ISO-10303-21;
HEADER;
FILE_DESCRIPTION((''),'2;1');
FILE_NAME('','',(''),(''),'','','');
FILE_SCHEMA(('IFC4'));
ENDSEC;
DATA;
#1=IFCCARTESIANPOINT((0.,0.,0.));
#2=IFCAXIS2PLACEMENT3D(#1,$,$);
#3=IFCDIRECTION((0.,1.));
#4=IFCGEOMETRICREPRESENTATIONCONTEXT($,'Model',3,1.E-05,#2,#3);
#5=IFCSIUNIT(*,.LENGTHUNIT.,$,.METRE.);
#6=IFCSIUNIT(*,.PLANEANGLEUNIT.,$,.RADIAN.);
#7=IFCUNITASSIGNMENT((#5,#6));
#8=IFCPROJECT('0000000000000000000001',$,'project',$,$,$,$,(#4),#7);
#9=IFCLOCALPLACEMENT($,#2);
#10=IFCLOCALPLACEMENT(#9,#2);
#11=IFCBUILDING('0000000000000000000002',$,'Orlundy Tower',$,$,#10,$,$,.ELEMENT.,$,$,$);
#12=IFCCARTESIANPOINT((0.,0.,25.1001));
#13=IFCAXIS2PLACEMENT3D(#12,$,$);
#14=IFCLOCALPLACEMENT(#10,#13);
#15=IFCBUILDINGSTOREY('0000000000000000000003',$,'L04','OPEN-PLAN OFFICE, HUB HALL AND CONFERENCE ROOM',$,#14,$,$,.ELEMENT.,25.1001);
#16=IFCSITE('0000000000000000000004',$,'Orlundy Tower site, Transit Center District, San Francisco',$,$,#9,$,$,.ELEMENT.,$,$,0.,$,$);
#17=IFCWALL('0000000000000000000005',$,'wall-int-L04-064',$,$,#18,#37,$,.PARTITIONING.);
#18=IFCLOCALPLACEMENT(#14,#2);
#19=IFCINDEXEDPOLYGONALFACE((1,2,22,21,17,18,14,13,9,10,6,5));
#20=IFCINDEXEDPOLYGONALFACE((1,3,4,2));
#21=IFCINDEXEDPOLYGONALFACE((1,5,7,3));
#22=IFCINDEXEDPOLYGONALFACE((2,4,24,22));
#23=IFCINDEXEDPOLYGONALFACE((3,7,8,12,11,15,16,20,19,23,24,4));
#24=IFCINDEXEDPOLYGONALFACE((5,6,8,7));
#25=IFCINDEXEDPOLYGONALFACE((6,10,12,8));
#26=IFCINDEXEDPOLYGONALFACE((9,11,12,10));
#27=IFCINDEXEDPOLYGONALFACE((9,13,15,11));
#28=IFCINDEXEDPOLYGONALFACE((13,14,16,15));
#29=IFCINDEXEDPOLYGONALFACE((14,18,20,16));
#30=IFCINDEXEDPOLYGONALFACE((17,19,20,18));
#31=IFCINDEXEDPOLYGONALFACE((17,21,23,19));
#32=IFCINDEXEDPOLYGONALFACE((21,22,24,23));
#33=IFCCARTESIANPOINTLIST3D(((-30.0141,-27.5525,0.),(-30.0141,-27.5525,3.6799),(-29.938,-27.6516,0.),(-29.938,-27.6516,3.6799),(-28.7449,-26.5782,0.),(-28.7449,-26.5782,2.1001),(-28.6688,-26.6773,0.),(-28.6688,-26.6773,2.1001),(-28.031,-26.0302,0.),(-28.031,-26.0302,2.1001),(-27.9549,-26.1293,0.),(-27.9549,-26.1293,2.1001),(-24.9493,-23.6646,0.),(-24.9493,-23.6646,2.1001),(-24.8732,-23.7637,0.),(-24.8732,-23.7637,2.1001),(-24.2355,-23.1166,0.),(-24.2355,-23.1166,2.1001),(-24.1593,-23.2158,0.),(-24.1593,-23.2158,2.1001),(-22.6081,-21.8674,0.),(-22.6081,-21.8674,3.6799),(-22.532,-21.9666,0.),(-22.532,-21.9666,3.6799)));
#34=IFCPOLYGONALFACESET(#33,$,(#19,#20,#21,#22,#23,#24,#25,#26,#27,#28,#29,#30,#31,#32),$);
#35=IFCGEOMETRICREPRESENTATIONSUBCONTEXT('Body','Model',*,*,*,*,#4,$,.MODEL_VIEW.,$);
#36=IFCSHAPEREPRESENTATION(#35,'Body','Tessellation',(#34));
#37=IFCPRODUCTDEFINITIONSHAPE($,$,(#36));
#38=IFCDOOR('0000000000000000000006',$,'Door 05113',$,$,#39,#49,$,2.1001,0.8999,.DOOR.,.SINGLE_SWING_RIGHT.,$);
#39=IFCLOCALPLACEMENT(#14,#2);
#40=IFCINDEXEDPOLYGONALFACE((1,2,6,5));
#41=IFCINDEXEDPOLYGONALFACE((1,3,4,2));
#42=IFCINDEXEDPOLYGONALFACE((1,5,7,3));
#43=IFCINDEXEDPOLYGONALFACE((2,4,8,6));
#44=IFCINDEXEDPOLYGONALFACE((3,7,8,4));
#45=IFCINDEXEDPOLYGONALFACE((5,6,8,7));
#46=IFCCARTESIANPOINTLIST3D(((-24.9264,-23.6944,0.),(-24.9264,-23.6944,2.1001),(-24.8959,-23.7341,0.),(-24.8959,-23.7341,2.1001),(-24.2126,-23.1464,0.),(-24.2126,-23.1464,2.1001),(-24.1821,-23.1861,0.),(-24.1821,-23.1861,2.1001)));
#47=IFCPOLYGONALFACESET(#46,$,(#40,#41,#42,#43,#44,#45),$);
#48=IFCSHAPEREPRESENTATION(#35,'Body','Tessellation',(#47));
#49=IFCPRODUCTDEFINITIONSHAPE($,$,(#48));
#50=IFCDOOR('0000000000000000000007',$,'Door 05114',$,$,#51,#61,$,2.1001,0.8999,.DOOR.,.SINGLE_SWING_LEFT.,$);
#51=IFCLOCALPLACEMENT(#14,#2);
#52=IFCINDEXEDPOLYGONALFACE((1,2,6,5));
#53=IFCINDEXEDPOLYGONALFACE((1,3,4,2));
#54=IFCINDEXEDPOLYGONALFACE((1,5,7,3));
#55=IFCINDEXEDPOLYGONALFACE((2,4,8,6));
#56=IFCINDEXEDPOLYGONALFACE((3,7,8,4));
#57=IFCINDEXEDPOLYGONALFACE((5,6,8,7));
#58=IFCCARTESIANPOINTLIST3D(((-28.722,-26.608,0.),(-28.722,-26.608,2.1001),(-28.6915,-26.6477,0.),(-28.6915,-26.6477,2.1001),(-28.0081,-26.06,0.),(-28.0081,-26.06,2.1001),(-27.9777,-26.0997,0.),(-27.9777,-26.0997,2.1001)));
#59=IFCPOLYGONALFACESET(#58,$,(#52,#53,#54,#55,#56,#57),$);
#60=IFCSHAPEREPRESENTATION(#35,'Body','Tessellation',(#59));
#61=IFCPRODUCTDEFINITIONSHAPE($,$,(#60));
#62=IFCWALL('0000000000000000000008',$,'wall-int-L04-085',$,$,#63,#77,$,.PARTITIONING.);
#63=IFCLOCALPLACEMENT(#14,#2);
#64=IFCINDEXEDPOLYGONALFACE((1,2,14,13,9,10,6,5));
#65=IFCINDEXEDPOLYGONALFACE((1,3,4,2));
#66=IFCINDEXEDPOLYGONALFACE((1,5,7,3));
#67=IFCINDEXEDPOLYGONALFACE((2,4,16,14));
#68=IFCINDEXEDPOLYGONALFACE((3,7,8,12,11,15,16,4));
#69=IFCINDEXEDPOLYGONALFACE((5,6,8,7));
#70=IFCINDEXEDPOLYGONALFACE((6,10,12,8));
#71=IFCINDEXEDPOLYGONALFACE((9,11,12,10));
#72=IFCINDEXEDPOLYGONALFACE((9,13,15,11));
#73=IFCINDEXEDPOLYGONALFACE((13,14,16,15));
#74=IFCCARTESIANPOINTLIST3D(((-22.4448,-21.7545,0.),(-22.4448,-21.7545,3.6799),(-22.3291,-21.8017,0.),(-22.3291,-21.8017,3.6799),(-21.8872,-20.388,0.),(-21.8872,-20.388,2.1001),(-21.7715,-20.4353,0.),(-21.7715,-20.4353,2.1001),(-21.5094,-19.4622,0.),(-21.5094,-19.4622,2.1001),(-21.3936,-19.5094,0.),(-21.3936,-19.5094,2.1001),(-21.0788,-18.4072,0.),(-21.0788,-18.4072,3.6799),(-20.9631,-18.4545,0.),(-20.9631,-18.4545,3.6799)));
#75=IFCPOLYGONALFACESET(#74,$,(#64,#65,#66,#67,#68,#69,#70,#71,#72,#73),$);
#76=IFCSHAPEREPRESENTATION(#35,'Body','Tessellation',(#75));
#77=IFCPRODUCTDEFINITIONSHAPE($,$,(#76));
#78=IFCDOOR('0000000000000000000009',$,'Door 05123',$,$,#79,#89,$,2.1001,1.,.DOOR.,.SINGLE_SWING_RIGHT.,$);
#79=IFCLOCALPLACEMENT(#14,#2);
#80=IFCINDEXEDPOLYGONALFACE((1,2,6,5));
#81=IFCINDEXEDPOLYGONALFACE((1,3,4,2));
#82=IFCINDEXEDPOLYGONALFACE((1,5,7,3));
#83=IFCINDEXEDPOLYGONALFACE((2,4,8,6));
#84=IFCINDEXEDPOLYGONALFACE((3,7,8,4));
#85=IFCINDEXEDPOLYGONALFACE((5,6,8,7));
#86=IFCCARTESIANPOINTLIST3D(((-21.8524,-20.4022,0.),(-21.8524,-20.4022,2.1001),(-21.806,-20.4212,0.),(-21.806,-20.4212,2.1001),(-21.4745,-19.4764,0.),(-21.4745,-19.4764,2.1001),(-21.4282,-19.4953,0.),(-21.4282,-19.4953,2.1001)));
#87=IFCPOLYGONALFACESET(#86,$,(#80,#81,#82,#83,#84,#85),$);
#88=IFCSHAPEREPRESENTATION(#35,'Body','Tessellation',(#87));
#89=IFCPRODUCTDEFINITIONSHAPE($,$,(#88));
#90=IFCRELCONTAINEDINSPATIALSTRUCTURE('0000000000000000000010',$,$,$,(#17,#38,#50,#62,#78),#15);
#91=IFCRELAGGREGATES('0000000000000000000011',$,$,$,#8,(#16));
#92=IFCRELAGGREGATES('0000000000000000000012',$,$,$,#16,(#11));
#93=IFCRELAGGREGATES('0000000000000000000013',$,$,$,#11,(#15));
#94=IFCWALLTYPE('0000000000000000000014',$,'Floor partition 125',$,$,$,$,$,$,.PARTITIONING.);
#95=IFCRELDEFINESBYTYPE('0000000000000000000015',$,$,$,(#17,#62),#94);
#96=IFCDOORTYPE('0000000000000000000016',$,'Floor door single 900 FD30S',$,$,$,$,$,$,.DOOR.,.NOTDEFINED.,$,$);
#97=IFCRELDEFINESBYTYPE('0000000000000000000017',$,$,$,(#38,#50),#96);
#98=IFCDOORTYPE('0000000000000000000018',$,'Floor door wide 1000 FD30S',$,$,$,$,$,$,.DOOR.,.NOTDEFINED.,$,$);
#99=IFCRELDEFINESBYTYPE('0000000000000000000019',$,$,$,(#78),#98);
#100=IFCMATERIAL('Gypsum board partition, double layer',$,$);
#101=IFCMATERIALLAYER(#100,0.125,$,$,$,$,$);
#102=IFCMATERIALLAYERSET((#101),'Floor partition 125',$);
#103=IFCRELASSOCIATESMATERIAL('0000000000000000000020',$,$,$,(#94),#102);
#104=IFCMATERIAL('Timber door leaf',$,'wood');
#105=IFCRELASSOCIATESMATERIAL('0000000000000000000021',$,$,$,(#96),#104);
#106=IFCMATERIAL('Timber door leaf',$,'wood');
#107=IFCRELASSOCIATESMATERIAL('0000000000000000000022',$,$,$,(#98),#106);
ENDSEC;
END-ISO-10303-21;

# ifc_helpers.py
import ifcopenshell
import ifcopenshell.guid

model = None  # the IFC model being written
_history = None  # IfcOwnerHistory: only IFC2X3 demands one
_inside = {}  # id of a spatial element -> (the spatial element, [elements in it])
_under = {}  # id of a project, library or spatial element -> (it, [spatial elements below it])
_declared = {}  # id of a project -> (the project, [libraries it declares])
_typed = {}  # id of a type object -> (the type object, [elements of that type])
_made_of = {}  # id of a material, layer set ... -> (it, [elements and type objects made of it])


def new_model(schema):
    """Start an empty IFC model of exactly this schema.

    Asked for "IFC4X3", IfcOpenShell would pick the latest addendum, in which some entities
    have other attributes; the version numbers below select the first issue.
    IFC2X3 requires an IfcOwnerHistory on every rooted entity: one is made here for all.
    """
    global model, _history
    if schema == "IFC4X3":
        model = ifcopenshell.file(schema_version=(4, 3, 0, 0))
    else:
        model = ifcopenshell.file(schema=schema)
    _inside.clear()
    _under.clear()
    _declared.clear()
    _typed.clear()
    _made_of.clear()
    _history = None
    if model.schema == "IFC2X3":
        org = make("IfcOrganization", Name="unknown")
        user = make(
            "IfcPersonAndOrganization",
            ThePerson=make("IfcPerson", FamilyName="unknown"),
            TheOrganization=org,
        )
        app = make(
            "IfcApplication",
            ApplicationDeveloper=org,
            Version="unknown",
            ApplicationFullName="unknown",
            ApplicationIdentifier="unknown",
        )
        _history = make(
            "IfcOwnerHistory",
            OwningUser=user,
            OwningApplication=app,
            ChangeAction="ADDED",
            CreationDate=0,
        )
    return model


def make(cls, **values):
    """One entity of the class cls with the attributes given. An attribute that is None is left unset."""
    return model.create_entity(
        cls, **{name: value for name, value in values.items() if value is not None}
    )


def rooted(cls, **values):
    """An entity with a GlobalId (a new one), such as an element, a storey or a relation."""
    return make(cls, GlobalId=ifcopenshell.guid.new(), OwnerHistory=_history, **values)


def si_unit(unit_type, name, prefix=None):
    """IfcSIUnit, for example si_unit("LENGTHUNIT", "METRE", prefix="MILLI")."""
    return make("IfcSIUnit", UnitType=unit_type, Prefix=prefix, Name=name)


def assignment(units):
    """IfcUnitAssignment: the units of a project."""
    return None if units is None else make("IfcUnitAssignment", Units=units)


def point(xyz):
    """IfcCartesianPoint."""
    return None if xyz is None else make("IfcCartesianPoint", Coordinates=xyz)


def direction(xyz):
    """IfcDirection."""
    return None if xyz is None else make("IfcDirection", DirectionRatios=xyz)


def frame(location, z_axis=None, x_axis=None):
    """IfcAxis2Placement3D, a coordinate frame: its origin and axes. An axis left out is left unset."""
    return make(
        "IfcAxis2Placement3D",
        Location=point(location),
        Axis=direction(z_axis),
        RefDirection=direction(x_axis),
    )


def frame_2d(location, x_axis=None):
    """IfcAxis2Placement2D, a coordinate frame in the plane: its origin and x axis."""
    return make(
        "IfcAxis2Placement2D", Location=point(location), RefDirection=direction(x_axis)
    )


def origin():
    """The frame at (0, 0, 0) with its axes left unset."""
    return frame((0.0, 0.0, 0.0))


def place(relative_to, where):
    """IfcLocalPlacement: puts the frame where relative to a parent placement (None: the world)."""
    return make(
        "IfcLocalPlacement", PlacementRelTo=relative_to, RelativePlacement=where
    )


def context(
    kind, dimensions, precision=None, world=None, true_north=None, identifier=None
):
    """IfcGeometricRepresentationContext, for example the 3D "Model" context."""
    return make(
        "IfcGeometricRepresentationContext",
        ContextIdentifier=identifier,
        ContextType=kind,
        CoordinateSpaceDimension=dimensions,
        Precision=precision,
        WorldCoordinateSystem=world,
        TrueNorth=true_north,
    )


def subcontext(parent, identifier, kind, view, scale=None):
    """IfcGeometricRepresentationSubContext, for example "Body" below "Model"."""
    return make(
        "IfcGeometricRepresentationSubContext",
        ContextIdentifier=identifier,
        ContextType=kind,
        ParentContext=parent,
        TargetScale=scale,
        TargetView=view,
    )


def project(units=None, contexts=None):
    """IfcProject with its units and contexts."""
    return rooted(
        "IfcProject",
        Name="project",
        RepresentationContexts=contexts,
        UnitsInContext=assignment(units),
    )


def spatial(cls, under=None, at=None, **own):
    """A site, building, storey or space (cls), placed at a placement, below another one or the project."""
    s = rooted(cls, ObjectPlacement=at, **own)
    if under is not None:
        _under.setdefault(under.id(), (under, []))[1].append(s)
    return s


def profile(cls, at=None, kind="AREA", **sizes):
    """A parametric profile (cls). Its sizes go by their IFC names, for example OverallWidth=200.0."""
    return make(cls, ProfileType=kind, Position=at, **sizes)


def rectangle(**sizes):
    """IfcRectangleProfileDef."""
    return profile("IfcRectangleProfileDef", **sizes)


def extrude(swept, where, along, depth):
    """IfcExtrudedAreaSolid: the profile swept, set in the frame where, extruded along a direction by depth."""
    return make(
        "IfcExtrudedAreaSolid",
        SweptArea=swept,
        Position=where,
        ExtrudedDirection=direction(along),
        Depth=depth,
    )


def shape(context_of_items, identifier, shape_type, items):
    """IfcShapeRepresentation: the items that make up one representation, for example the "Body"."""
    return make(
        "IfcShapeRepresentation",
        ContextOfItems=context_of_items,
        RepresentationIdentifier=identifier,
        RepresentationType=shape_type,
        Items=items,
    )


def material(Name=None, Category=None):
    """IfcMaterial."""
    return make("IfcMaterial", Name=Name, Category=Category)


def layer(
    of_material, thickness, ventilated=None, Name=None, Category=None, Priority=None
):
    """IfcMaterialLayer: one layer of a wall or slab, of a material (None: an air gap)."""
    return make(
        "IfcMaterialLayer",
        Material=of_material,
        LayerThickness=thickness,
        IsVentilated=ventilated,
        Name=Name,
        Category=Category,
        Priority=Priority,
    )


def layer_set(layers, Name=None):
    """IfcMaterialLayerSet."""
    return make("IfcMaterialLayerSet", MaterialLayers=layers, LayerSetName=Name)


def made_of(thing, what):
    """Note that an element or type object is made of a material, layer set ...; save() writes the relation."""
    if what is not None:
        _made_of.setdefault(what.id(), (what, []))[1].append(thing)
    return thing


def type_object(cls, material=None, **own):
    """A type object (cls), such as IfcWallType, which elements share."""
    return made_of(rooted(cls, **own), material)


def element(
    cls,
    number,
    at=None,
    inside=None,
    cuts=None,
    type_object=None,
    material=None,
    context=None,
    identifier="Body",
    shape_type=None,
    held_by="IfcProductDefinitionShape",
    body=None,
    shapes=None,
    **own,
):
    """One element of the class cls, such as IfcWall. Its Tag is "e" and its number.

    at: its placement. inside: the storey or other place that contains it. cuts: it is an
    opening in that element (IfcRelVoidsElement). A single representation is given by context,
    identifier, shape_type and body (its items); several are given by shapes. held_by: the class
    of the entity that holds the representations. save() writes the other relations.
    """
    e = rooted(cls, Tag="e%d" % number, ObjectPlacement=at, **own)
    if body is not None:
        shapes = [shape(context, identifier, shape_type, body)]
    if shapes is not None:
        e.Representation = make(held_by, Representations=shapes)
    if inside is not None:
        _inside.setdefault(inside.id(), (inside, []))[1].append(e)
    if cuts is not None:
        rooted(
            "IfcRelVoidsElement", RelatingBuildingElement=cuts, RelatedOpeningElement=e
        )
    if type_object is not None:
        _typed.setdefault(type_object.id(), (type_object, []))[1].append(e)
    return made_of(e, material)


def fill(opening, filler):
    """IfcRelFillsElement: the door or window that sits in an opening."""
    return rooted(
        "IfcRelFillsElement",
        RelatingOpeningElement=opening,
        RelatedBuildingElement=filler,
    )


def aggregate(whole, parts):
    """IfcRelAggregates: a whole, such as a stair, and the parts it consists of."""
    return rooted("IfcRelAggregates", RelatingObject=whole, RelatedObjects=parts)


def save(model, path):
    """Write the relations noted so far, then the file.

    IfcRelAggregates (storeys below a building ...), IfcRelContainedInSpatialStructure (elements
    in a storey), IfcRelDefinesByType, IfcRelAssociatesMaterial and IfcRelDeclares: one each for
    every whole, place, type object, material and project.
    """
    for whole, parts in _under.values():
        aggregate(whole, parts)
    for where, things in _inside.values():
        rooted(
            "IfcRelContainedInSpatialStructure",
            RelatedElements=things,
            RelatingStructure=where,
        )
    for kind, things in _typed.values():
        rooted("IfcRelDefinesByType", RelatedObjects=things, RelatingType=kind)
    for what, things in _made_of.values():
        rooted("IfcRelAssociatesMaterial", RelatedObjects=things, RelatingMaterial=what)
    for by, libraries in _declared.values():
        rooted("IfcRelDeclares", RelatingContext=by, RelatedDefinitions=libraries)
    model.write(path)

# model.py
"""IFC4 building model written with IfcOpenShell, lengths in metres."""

from ifc_helpers import new_model, si_unit, direction, frame, frame_2d, origin, place, context, subcontext, project, spatial, rectangle, extrude, material, layer, layer_set, type_object, element, fill, save


model = new_model("IFC4")

# Units and contexts
model_context = context("Model", 3, precision=1e-05, world=origin(), true_north=direction((0.0, 1.0)))
body_context = subcontext(model_context, "Body", "Model", "MODEL_VIEW")
ifc_project = project(units=[si_unit("LENGTHUNIT", "METRE"), si_unit("PLANEANGLEUNIT", "RADIAN")], contexts=[model_context])

# Site, building, storey
site_placement = place(None, origin())
site = spatial("IfcSite", under=ifc_project, at=site_placement, Name="Orlundy Tower site, Transit Center District, San Francisco", CompositionType="ELEMENT", RefElevation=0.0)
building_placement = place(site_placement, origin())
building = spatial("IfcBuilding", under=site, at=building_placement, Name="Orlundy Tower", CompositionType="ELEMENT")
storey_placement = place(building_placement, frame((0.0, 0.0, 25.1001)))
storey = spatial("IfcBuildingStorey", under=building, at=storey_placement, Name="L04", Description="OPEN-PLAN OFFICE, HUB HALL AND CONFERENCE ROOM", CompositionType="ELEMENT", Elevation=25.1001)

# Shared definitions
ifc_material_1 = material(Name="Gypsum board partition, double layer")
ifc_layer_1 = layer(ifc_material_1, 0.125)
ifc_layer_set_1 = layer_set([ifc_layer_1], Name="Floor partition 125")
wall_type_1 = type_object("IfcWallType", Name="Floor partition 125", PredefinedType="PARTITIONING", material=ifc_layer_set_1)

# Shared definitions
ifc_material_2 = material(Name="Timber door leaf", Category="wood")
door_type_1 = type_object("IfcDoorType", Name="Floor door single 900 FD30S", OperationType="NOTDEFINED", PredefinedType="DOOR", material=ifc_material_2)

# Wall, openings, doors
wall_1_placement = place(storey_placement, frame((-29.9761, -27.6021, 0.0), z_axis=(0.0, 0.0, 1.0), x_axis=(0.793238, 0.608912, 0.0)))
wall_1 = element("IfcWall", 1, at=wall_1_placement, inside=storey, type_object=wall_type_1, Name="wall-int-L04-064", PredefinedType="PARTITIONING", context=body_context, shape_type="SweptSolid", body=[
    extrude(rectangle(XDim=9.3364, YDim=0.125, at=frame_2d((4.6682, 0.0))), origin(), (0.0, 0.0, 1.0), 3.6799),
])
opening_1_placement = place(wall_1_placement, frame((6.385, 0.0, 0.0)))
opening_1 = element("IfcOpeningElement", 2, at=opening_1_placement, cuts=wall_1, PredefinedType="OPENING", context=body_context, shape_type="SweptSolid", body=[
    extrude(rectangle(XDim=0.8999, YDim=2.1001, at=frame_2d((0.45, 1.05))), frame((0.0, 0.0725, 0.0), z_axis=(0.0, -1.0, 0.0), x_axis=(1.0, 0.0, 0.0)), (0.0, 0.0, 1.0), 0.145),
])
opening_2_placement = place(wall_1_placement, frame((1.6001, 0.0, 0.0)))
opening_2 = element("IfcOpeningElement", 3, at=opening_2_placement, cuts=wall_1, PredefinedType="OPENING", context=body_context, shape_type="SweptSolid", body=[
    extrude(rectangle(XDim=0.8999, YDim=2.1001, at=frame_2d((0.45, 1.05))), frame((0.0, 0.0725, 0.0), z_axis=(0.0, -1.0, 0.0), x_axis=(1.0, 0.0, 0.0)), (0.0, 0.0, 1.0), 0.145),
])
door_1_placement = place(opening_1_placement, origin())
door_1 = element("IfcDoor", 4, at=door_1_placement, inside=storey, type_object=door_type_1, Name="Door 05113", OperationType="SINGLE_SWING_RIGHT", OverallHeight=2.1001, OverallWidth=0.8999, PredefinedType="DOOR", context=body_context, shape_type="SweptSolid", body=[
    extrude(rectangle(XDim=0.8999, YDim=2.1001, at=frame_2d((0.45, 1.05))), frame((0.0, 0.0249, 0.0), z_axis=(0.0, -1.0, 0.0), x_axis=(1.0, 0.0, 0.0)), (0.0, 0.0, 1.0), 0.05),
])
fill(opening_1, door_1)
door_2_placement = place(opening_2_placement, origin())
door_2 = element("IfcDoor", 5, at=door_2_placement, inside=storey, type_object=door_type_1, Name="Door 05114", OperationType="SINGLE_SWING_LEFT", OverallHeight=2.1001, OverallWidth=0.8999, PredefinedType="DOOR", context=body_context, shape_type="SweptSolid", body=[
    extrude(rectangle(XDim=0.8999, YDim=2.1001, at=frame_2d((0.45, 1.05))), frame((0.0, 0.0249, 0.0), z_axis=(0.0, -1.0, 0.0), x_axis=(1.0, 0.0, 0.0)), (0.0, 0.0, 1.0), 0.05),
])
fill(opening_2, door_2)

# Wall, opening, door
wall_2_placement = place(storey_placement, frame((-22.387, -21.7781, 0.0), z_axis=(0.0, 0.0, 1.0), x_axis=(0.377844, 0.925869, 0.0)))
wall_2 = element("IfcWall", 6, at=wall_2_placement, inside=storey, type_object=wall_type_1, Name="wall-int-L04-085", PredefinedType="PARTITIONING", context=body_context, shape_type="SweptSolid", body=[
    extrude(rectangle(XDim=3.6152, YDim=0.125, at=frame_2d((1.8076, 0.0))), origin(), (0.0, 0.0, 1.0), 3.6799),
])
opening_3_placement = place(wall_2_placement, frame((1.4758, 0.0, 0.0)))
opening_3 = element("IfcOpeningElement", 7, at=opening_3_placement, cuts=wall_2, PredefinedType="OPENING", context=body_context, shape_type="SweptSolid", body=[
    extrude(rectangle(XDim=1.0, YDim=2.1001, at=frame_2d((0.5, 1.05))), frame((0.0, 0.0725, 0.0), z_axis=(0.0, -1.0, 0.0), x_axis=(1.0, 0.0, 0.0)), (0.0, 0.0, 1.0), 0.145),
])
ifc_material_3 = material(Name="Timber door leaf", Category="wood")
door_type_2 = type_object("IfcDoorType", Name="Floor door wide 1000 FD30S", OperationType="NOTDEFINED", PredefinedType="DOOR", material=ifc_material_3)
door_3_placement = place(opening_3_placement, origin())
door_3 = element("IfcDoor", 8, at=door_3_placement, inside=storey, type_object=door_type_2, Name="Door 05123", OperationType="SINGLE_SWING_RIGHT", OverallHeight=2.1001, OverallWidth=1.0, PredefinedType="DOOR", context=body_context, shape_type="SweptSolid", body=[
    extrude(rectangle(XDim=1.0, YDim=2.1001, at=frame_2d((0.5, 1.05))), frame((0.0, 0.0249, 0.0), z_axis=(0.0, -1.0, 0.0), x_axis=(1.0, 0.0, 0.0)), (0.0, 0.0, 1.0), 0.05),
])
fill(opening_3, door_3)

save(model, "model.ifc")
